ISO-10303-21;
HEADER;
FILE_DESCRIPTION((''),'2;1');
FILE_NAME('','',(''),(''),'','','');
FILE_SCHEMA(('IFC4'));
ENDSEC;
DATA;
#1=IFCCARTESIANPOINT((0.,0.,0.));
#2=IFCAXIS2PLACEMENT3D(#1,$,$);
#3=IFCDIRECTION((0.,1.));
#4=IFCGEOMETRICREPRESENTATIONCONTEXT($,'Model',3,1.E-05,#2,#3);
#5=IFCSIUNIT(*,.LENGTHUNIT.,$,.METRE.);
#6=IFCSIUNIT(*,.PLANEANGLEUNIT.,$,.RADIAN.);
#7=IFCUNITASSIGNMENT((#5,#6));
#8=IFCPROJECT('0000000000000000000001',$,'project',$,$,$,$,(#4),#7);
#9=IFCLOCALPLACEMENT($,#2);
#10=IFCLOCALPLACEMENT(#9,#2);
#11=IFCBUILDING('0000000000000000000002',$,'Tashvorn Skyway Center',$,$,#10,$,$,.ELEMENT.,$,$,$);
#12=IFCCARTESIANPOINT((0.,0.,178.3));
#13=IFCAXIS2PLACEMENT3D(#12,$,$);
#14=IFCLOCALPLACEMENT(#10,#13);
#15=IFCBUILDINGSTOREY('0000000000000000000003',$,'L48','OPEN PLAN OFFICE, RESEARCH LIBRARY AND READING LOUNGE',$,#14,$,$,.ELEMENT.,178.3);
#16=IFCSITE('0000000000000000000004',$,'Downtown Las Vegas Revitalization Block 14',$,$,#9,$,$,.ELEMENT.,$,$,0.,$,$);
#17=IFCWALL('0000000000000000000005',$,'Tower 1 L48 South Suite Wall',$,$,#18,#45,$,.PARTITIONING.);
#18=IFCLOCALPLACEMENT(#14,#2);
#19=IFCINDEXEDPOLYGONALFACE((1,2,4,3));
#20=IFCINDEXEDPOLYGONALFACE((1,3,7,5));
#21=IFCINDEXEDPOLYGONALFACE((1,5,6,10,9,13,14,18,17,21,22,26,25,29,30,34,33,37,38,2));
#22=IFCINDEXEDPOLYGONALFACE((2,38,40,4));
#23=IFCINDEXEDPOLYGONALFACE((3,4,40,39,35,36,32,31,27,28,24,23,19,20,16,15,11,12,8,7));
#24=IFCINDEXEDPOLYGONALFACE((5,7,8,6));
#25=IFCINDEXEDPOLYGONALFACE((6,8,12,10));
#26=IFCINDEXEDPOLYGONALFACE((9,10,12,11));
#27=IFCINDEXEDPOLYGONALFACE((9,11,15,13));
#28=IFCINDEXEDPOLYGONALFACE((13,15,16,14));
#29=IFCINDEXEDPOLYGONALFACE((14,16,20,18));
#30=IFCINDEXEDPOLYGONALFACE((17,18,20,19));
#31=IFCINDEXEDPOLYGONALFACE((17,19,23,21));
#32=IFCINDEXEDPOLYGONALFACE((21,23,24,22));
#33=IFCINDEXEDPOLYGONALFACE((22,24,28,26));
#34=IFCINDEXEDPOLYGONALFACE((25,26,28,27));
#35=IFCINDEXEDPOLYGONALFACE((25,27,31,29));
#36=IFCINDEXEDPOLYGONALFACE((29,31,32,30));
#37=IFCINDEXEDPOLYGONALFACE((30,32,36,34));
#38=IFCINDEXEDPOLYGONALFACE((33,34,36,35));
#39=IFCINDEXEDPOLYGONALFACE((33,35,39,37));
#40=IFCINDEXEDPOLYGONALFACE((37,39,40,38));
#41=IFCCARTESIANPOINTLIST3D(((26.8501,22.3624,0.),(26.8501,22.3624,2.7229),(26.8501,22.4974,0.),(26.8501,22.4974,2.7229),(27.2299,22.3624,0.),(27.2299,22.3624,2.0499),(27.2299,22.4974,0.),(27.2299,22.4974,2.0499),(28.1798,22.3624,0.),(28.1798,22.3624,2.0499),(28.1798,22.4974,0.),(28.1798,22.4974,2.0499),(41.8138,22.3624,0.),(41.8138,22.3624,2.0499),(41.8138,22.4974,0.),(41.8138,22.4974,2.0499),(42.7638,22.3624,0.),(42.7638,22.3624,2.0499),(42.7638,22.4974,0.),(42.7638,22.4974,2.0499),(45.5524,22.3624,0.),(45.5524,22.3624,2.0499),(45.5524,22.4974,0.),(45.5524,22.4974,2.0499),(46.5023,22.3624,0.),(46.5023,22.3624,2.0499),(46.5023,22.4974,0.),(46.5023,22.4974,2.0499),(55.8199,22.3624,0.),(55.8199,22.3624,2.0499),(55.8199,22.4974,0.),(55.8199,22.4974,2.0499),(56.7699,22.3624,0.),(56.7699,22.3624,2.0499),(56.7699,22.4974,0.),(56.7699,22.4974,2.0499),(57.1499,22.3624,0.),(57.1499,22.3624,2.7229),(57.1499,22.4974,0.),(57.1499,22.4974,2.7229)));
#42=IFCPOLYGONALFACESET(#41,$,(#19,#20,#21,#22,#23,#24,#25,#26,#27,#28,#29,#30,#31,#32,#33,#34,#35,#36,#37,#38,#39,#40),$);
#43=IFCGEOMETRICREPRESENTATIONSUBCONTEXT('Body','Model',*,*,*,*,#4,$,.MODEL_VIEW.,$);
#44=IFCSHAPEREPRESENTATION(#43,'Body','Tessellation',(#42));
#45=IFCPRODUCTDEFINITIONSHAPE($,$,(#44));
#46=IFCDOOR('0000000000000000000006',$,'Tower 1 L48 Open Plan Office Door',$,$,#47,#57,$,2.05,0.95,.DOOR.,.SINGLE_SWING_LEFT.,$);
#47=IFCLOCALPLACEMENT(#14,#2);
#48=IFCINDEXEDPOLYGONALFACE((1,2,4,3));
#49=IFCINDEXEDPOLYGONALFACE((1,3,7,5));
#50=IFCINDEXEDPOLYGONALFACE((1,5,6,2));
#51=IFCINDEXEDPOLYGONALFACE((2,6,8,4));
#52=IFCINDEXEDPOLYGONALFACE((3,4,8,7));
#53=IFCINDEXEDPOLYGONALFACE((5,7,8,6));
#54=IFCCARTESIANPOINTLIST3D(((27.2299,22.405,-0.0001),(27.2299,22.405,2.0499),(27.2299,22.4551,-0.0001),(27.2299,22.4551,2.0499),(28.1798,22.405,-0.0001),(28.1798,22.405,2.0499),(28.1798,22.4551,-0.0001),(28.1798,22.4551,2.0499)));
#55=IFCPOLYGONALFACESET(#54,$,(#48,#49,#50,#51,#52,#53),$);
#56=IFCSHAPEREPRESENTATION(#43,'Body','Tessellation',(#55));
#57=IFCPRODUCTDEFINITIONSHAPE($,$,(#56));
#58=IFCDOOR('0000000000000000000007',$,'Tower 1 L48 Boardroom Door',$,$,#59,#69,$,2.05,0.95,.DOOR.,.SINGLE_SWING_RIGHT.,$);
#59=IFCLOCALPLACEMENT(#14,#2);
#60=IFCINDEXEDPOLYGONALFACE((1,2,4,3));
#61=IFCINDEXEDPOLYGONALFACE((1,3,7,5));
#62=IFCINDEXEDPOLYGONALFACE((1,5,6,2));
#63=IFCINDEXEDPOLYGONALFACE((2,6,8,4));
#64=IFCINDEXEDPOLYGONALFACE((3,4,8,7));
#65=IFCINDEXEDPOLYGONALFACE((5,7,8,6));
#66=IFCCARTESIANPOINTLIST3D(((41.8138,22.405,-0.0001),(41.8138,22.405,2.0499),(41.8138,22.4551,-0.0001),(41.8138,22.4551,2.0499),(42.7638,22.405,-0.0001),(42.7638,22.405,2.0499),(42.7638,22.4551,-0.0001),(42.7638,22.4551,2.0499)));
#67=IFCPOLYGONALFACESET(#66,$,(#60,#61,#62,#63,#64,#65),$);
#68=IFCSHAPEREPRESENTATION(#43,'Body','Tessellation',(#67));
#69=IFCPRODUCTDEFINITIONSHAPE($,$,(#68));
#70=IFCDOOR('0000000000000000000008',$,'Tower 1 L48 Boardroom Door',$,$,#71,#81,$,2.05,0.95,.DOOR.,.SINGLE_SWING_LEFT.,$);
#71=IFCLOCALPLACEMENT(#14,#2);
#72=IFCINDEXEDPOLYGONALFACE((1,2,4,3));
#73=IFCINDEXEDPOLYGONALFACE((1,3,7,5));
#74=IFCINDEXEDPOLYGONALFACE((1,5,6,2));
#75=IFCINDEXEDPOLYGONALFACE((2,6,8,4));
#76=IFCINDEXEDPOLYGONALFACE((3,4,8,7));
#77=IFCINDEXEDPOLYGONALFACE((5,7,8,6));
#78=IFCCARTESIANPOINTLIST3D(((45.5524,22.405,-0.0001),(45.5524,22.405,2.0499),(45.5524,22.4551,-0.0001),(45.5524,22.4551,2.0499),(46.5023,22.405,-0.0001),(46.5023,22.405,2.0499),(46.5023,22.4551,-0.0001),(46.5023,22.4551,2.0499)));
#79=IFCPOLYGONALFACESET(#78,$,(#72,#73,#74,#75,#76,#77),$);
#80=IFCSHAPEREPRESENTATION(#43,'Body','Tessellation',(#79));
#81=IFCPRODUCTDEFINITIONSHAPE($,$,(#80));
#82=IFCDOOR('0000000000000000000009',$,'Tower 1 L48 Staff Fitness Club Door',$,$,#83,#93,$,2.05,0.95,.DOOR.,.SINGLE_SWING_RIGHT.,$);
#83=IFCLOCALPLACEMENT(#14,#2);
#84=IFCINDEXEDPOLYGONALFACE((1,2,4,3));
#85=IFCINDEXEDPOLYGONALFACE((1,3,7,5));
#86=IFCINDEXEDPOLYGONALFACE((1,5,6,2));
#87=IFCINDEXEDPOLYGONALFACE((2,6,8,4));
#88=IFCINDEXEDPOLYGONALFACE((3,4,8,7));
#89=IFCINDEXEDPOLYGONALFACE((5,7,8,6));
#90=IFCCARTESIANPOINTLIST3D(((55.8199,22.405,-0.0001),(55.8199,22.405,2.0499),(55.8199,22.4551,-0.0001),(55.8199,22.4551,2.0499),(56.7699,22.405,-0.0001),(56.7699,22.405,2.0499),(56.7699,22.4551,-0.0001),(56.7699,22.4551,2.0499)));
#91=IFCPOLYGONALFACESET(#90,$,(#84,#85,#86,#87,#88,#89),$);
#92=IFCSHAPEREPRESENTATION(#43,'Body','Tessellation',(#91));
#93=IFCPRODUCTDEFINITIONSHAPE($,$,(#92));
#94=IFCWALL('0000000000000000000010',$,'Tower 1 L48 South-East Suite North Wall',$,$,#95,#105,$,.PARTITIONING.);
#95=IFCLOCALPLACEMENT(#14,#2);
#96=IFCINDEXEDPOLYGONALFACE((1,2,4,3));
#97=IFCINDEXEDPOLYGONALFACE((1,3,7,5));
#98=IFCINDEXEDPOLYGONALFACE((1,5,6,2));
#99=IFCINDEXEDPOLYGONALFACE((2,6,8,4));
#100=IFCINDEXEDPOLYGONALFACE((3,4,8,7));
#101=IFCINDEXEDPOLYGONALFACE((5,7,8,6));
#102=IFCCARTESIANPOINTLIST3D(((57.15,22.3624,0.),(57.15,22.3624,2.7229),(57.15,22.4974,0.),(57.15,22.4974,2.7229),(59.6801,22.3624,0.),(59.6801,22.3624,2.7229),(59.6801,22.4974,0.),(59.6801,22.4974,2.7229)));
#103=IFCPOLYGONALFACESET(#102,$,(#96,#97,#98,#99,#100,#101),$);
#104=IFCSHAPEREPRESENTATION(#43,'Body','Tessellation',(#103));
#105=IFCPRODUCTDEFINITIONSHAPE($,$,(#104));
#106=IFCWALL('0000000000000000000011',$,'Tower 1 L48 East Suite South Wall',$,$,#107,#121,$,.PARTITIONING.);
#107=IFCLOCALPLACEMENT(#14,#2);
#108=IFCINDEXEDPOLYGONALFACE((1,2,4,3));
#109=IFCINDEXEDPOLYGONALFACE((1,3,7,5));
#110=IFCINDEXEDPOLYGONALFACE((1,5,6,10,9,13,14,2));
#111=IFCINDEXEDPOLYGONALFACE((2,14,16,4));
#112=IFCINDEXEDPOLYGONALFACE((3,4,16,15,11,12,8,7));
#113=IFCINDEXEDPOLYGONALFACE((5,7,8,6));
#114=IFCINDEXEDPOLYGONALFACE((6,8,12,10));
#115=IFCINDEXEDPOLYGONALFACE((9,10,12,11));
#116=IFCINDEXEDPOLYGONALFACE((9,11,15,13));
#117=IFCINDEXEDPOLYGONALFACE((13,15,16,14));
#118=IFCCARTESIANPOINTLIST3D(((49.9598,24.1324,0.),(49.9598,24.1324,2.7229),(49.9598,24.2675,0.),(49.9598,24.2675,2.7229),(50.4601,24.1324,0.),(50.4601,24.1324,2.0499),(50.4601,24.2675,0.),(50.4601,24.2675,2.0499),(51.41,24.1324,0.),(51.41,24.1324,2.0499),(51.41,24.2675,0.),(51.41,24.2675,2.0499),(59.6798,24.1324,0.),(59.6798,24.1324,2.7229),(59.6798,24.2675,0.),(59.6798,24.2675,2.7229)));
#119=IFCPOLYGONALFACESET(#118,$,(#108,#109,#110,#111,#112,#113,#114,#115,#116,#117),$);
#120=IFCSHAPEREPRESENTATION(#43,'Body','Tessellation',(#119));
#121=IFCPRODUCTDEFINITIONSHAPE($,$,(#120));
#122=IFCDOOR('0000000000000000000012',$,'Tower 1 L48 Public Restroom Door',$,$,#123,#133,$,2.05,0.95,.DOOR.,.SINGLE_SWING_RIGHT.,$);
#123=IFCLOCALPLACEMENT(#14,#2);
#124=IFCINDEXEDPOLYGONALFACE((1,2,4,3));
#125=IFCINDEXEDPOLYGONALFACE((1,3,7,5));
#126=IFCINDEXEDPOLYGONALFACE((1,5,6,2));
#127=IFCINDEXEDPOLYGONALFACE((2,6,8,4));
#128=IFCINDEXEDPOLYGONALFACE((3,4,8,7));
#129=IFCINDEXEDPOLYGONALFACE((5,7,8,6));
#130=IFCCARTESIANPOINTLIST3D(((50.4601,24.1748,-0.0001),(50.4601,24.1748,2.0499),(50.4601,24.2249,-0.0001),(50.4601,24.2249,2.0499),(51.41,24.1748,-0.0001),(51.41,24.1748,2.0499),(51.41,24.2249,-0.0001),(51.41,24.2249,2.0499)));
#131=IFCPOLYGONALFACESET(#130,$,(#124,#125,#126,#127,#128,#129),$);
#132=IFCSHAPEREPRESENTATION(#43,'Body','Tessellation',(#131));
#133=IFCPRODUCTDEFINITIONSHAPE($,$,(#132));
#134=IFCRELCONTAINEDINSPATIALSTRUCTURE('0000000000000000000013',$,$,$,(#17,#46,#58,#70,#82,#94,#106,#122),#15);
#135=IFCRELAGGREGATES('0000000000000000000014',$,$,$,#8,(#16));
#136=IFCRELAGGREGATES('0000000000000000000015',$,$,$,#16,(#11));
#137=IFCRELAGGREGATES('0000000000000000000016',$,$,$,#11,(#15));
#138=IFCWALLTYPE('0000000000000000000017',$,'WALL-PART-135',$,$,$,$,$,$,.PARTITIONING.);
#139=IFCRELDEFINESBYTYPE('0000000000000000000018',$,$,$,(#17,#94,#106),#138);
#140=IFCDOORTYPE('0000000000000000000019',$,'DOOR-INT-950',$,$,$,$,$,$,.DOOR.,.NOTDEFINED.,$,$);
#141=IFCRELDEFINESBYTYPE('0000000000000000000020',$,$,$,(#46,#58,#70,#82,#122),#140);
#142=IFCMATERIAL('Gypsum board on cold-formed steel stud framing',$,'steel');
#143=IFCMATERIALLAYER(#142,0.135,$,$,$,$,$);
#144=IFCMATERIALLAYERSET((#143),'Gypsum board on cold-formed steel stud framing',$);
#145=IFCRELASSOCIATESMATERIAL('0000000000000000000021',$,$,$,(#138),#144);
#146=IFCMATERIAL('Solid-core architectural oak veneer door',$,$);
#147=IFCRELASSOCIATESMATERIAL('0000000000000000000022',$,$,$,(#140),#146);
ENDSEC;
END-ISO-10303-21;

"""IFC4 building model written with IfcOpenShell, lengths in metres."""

from ifc_helpers import new_model, si_unit, direction, frame, frame_2d, origin, place, context, subcontext, project, spatial, rectangle, extrude, material, layer, layer_set, type_object, element, fill, save


model = new_model("IFC4")

# Units and contexts
model_context = context("Model", 3, precision=1e-05, world=origin(), true_north=direction((0.0, 1.0)))
body_context = subcontext(model_context, "Body", "Model", "MODEL_VIEW")
ifc_project = project(units=[si_unit("LENGTHUNIT", "METRE"), si_unit("PLANEANGLEUNIT", "RADIAN")], contexts=[model_context])

# Site, building, storey
site_placement = place(None, origin())
site = spatial("IfcSite", under=ifc_project, at=site_placement, Name="Downtown Las Vegas Revitalization Block 14", CompositionType="ELEMENT", RefElevation=0.0)
building_placement = place(site_placement, origin())
building = spatial("IfcBuilding", under=site, at=building_placement, Name="Tashvorn Skyway Center", CompositionType="ELEMENT")
storey_placement = place(building_placement, frame((0.0, 0.0, 178.3)))
storey = spatial("IfcBuildingStorey", under=building, at=storey_placement, Name="L48", Description="OPEN PLAN OFFICE, RESEARCH LIBRARY AND READING LOUNGE", CompositionType="ELEMENT", Elevation=178.3)

# Shared definitions
ifc_material_1 = material(Name="Gypsum board on cold-formed steel stud framing", Category="steel")

# Wall, openings, doors
ifc_layer_1 = layer(ifc_material_1, 0.135)
ifc_layer_set_1 = layer_set([ifc_layer_1], Name="Gypsum board on cold-formed steel stud framing")
wall_type_1 = type_object("IfcWallType", Name="WALL-PART-135", PredefinedType="PARTITIONING", material=ifc_layer_set_1)
wall_1_placement = place(storey_placement, frame((57.1499, 22.4299, 0.0), z_axis=(0.0, 0.0, 1.0), x_axis=(-1.0, 0.0, 0.0)))
wall_1 = element("IfcWall", 1, at=wall_1_placement, inside=storey, type_object=wall_type_1, Name="Tower 1 L48 South Suite Wall", PredefinedType="PARTITIONING", context=body_context, shape_type="SweptSolid", body=[
    extrude(rectangle(XDim=30.2998, YDim=0.135, at=frame_2d((15.1499, 0.0))), origin(), (0.0, 0.0, 1.0), 2.7229),
])
opening_1_placement = place(wall_1_placement, frame((28.97, 0.0, 0.0)))
opening_1 = element("IfcOpeningElement", 2, at=opening_1_placement, cuts=wall_1, PredefinedType="OPENING", context=body_context, shape_type="SweptSolid", body=[
    extrude(rectangle(XDim=0.95, YDim=2.05, at=frame_2d((0.4751, 1.0249))), frame((0.0, 0.0774, 0.0), z_axis=(0.0, -1.0, 0.0), x_axis=(1.0, 0.0, 0.0)), (0.0, 0.0, 1.0), 0.155),
])
opening_2_placement = place(wall_1_placement, frame((14.386, 0.0, 0.0)))
opening_2 = element("IfcOpeningElement", 3, at=opening_2_placement, cuts=wall_1, PredefinedType="OPENING", context=body_context, shape_type="SweptSolid", body=[
    extrude(rectangle(XDim=0.95, YDim=2.05, at=frame_2d((0.4751, 1.0249))), frame((0.0, 0.0774, 0.0), z_axis=(0.0, -1.0, 0.0), x_axis=(1.0, 0.0, 0.0)), (0.0, 0.0, 1.0), 0.155),
])
opening_3_placement = place(wall_1_placement, frame((10.6475, 0.0, 0.0)))
opening_3 = element("IfcOpeningElement", 4, at=opening_3_placement, cuts=wall_1, PredefinedType="OPENING", context=body_context, shape_type="SweptSolid", body=[
    extrude(rectangle(XDim=0.95, YDim=2.05, at=frame_2d((0.4751, 1.0249))), frame((0.0, 0.0774, 0.0), z_axis=(0.0, -1.0, 0.0), x_axis=(1.0, 0.0, 0.0)), (0.0, 0.0, 1.0), 0.155),
])
opening_4_placement = place(wall_1_placement, frame((0.3799, 0.0, 0.0)))
opening_4 = element("IfcOpeningElement", 5, at=opening_4_placement, cuts=wall_1, PredefinedType="OPENING", context=body_context, shape_type="SweptSolid", body=[
    extrude(rectangle(XDim=0.95, YDim=2.05, at=frame_2d((0.4751, 1.0249))), frame((0.0, 0.0774, 0.0), z_axis=(0.0, -1.0, 0.0), x_axis=(1.0, 0.0, 0.0)), (0.0, 0.0, 1.0), 0.155),
])
ifc_material_2 = material(Name="Solid-core architectural oak veneer door")
door_type_1 = type_object("IfcDoorType", Name="DOOR-INT-950", OperationType="NOTDEFINED", PredefinedType="DOOR", material=ifc_material_2)
door_1_placement = place(opening_1_placement, origin())
door_1 = element("IfcDoor", 6, at=door_1_placement, inside=storey, type_object=door_type_1, Name="Tower 1 L48 Open Plan Office Door", OperationType="SINGLE_SWING_LEFT", OverallHeight=2.05, OverallWidth=0.95, PredefinedType="DOOR", context=body_context, shape_type="SweptSolid", body=[
    extrude(rectangle(XDim=0.95, YDim=2.05, at=frame_2d((0.4751, 1.0249))), frame((0.0, 0.0249, 0.0), z_axis=(0.0, -1.0, 0.0), x_axis=(1.0, 0.0, 0.0)), (0.0, 0.0, 1.0), 0.05),
])
fill(opening_1, door_1)
door_2_placement = place(opening_2_placement, origin())
door_2 = element("IfcDoor", 7, at=door_2_placement, inside=storey, type_object=door_type_1, Name="Tower 1 L48 Boardroom Door", OperationType="SINGLE_SWING_RIGHT", OverallHeight=2.05, OverallWidth=0.95, PredefinedType="DOOR", context=body_context, shape_type="SweptSolid", body=[
    extrude(rectangle(XDim=0.95, YDim=2.05, at=frame_2d((0.4751, 1.0249))), frame((0.0, 0.0249, 0.0), z_axis=(0.0, -1.0, 0.0), x_axis=(1.0, 0.0, 0.0)), (0.0, 0.0, 1.0), 0.05),
])
fill(opening_2, door_2)
door_3_placement = place(opening_3_placement, origin())
door_3 = element("IfcDoor", 8, at=door_3_placement, inside=storey, type_object=door_type_1, Name="Tower 1 L48 Boardroom Door", OperationType="SINGLE_SWING_LEFT", OverallHeight=2.05, OverallWidth=0.95, PredefinedType="DOOR", context=body_context, shape_type="SweptSolid", body=[
    extrude(rectangle(XDim=0.95, YDim=2.05, at=frame_2d((0.4751, 1.0249))), frame((0.0, 0.0249, 0.0), z_axis=(0.0, -1.0, 0.0), x_axis=(1.0, 0.0, 0.0)), (0.0, 0.0, 1.0), 0.05),
])
fill(opening_3, door_3)
door_4_placement = place(opening_4_placement, origin())
door_4 = element("IfcDoor", 9, at=door_4_placement, inside=storey, type_object=door_type_1, Name="Tower 1 L48 Staff Fitness Club Door", OperationType="SINGLE_SWING_RIGHT", OverallHeight=2.05, OverallWidth=0.95, PredefinedType="DOOR", context=body_context, shape_type="SweptSolid", body=[
    extrude(rectangle(XDim=0.95, YDim=2.05, at=frame_2d((0.4751, 1.0249))), frame((0.0, 0.0249, 0.0), z_axis=(0.0, -1.0, 0.0), x_axis=(1.0, 0.0, 0.0)), (0.0, 0.0, 1.0), 0.05),
])
fill(opening_4, door_4)

# Wall
wall_2_placement = place(storey_placement, frame((57.1499, 22.4299, 0.0), z_axis=(0.0, 0.0, 1.0), x_axis=(1.0, 0.0, 0.0)))
element("IfcWall", 10, at=wall_2_placement, inside=storey, type_object=wall_type_1, Name="Tower 1 L48 South-East Suite North Wall", PredefinedType="PARTITIONING", context=body_context, shape_type="SweptSolid", body=[
    extrude(rectangle(XDim=2.53, YDim=0.135, at=frame_2d((1.2651, 0.0))), origin(), (0.0, 0.0, 1.0), 2.7229),
])

# Wall, opening, door
wall_3_placement = place(storey_placement, frame((49.96, 24.2, 0.0), z_axis=(0.0, 0.0, 1.0), x_axis=(1.0, 0.0, 0.0)))
wall_3 = element("IfcWall", 11, at=wall_3_placement, inside=storey, type_object=wall_type_1, Name="Tower 1 L48 East Suite South Wall", PredefinedType="PARTITIONING", context=body_context, shape_type="SweptSolid", body=[
    extrude(rectangle(XDim=9.72, YDim=0.135, at=frame_2d((4.8599, 0.0))), origin(), (0.0, 0.0, 1.0), 2.7229),
])
opening_5_placement = place(wall_3_placement, frame((0.5, 0.0, 0.0)))
opening_5 = element("IfcOpeningElement", 12, at=opening_5_placement, cuts=wall_3, PredefinedType="OPENING", context=body_context, shape_type="SweptSolid", body=[
    extrude(rectangle(XDim=0.95, YDim=2.05, at=frame_2d((0.4751, 1.0249))), frame((0.0, 0.0774, 0.0), z_axis=(0.0, -1.0, 0.0), x_axis=(1.0, 0.0, 0.0)), (0.0, 0.0, 1.0), 0.155),
])
door_5_placement = place(opening_5_placement, origin())
door_5 = element("IfcDoor", 13, at=door_5_placement, inside=storey, type_object=door_type_1, Name="Tower 1 L48 Public Restroom Door", OperationType="SINGLE_SWING_RIGHT", OverallHeight=2.05, OverallWidth=0.95, PredefinedType="DOOR", context=body_context, shape_type="SweptSolid", body=[
    extrude(rectangle(XDim=0.95, YDim=2.05, at=frame_2d((0.4751, 1.0249))), frame((0.0, 0.0249, 0.0), z_axis=(0.0, -1.0, 0.0), x_axis=(1.0, 0.0, 0.0)), (0.0, 0.0, 1.0), 0.05),
])
fill(opening_5, door_5)

save(model, "model.ifc")
